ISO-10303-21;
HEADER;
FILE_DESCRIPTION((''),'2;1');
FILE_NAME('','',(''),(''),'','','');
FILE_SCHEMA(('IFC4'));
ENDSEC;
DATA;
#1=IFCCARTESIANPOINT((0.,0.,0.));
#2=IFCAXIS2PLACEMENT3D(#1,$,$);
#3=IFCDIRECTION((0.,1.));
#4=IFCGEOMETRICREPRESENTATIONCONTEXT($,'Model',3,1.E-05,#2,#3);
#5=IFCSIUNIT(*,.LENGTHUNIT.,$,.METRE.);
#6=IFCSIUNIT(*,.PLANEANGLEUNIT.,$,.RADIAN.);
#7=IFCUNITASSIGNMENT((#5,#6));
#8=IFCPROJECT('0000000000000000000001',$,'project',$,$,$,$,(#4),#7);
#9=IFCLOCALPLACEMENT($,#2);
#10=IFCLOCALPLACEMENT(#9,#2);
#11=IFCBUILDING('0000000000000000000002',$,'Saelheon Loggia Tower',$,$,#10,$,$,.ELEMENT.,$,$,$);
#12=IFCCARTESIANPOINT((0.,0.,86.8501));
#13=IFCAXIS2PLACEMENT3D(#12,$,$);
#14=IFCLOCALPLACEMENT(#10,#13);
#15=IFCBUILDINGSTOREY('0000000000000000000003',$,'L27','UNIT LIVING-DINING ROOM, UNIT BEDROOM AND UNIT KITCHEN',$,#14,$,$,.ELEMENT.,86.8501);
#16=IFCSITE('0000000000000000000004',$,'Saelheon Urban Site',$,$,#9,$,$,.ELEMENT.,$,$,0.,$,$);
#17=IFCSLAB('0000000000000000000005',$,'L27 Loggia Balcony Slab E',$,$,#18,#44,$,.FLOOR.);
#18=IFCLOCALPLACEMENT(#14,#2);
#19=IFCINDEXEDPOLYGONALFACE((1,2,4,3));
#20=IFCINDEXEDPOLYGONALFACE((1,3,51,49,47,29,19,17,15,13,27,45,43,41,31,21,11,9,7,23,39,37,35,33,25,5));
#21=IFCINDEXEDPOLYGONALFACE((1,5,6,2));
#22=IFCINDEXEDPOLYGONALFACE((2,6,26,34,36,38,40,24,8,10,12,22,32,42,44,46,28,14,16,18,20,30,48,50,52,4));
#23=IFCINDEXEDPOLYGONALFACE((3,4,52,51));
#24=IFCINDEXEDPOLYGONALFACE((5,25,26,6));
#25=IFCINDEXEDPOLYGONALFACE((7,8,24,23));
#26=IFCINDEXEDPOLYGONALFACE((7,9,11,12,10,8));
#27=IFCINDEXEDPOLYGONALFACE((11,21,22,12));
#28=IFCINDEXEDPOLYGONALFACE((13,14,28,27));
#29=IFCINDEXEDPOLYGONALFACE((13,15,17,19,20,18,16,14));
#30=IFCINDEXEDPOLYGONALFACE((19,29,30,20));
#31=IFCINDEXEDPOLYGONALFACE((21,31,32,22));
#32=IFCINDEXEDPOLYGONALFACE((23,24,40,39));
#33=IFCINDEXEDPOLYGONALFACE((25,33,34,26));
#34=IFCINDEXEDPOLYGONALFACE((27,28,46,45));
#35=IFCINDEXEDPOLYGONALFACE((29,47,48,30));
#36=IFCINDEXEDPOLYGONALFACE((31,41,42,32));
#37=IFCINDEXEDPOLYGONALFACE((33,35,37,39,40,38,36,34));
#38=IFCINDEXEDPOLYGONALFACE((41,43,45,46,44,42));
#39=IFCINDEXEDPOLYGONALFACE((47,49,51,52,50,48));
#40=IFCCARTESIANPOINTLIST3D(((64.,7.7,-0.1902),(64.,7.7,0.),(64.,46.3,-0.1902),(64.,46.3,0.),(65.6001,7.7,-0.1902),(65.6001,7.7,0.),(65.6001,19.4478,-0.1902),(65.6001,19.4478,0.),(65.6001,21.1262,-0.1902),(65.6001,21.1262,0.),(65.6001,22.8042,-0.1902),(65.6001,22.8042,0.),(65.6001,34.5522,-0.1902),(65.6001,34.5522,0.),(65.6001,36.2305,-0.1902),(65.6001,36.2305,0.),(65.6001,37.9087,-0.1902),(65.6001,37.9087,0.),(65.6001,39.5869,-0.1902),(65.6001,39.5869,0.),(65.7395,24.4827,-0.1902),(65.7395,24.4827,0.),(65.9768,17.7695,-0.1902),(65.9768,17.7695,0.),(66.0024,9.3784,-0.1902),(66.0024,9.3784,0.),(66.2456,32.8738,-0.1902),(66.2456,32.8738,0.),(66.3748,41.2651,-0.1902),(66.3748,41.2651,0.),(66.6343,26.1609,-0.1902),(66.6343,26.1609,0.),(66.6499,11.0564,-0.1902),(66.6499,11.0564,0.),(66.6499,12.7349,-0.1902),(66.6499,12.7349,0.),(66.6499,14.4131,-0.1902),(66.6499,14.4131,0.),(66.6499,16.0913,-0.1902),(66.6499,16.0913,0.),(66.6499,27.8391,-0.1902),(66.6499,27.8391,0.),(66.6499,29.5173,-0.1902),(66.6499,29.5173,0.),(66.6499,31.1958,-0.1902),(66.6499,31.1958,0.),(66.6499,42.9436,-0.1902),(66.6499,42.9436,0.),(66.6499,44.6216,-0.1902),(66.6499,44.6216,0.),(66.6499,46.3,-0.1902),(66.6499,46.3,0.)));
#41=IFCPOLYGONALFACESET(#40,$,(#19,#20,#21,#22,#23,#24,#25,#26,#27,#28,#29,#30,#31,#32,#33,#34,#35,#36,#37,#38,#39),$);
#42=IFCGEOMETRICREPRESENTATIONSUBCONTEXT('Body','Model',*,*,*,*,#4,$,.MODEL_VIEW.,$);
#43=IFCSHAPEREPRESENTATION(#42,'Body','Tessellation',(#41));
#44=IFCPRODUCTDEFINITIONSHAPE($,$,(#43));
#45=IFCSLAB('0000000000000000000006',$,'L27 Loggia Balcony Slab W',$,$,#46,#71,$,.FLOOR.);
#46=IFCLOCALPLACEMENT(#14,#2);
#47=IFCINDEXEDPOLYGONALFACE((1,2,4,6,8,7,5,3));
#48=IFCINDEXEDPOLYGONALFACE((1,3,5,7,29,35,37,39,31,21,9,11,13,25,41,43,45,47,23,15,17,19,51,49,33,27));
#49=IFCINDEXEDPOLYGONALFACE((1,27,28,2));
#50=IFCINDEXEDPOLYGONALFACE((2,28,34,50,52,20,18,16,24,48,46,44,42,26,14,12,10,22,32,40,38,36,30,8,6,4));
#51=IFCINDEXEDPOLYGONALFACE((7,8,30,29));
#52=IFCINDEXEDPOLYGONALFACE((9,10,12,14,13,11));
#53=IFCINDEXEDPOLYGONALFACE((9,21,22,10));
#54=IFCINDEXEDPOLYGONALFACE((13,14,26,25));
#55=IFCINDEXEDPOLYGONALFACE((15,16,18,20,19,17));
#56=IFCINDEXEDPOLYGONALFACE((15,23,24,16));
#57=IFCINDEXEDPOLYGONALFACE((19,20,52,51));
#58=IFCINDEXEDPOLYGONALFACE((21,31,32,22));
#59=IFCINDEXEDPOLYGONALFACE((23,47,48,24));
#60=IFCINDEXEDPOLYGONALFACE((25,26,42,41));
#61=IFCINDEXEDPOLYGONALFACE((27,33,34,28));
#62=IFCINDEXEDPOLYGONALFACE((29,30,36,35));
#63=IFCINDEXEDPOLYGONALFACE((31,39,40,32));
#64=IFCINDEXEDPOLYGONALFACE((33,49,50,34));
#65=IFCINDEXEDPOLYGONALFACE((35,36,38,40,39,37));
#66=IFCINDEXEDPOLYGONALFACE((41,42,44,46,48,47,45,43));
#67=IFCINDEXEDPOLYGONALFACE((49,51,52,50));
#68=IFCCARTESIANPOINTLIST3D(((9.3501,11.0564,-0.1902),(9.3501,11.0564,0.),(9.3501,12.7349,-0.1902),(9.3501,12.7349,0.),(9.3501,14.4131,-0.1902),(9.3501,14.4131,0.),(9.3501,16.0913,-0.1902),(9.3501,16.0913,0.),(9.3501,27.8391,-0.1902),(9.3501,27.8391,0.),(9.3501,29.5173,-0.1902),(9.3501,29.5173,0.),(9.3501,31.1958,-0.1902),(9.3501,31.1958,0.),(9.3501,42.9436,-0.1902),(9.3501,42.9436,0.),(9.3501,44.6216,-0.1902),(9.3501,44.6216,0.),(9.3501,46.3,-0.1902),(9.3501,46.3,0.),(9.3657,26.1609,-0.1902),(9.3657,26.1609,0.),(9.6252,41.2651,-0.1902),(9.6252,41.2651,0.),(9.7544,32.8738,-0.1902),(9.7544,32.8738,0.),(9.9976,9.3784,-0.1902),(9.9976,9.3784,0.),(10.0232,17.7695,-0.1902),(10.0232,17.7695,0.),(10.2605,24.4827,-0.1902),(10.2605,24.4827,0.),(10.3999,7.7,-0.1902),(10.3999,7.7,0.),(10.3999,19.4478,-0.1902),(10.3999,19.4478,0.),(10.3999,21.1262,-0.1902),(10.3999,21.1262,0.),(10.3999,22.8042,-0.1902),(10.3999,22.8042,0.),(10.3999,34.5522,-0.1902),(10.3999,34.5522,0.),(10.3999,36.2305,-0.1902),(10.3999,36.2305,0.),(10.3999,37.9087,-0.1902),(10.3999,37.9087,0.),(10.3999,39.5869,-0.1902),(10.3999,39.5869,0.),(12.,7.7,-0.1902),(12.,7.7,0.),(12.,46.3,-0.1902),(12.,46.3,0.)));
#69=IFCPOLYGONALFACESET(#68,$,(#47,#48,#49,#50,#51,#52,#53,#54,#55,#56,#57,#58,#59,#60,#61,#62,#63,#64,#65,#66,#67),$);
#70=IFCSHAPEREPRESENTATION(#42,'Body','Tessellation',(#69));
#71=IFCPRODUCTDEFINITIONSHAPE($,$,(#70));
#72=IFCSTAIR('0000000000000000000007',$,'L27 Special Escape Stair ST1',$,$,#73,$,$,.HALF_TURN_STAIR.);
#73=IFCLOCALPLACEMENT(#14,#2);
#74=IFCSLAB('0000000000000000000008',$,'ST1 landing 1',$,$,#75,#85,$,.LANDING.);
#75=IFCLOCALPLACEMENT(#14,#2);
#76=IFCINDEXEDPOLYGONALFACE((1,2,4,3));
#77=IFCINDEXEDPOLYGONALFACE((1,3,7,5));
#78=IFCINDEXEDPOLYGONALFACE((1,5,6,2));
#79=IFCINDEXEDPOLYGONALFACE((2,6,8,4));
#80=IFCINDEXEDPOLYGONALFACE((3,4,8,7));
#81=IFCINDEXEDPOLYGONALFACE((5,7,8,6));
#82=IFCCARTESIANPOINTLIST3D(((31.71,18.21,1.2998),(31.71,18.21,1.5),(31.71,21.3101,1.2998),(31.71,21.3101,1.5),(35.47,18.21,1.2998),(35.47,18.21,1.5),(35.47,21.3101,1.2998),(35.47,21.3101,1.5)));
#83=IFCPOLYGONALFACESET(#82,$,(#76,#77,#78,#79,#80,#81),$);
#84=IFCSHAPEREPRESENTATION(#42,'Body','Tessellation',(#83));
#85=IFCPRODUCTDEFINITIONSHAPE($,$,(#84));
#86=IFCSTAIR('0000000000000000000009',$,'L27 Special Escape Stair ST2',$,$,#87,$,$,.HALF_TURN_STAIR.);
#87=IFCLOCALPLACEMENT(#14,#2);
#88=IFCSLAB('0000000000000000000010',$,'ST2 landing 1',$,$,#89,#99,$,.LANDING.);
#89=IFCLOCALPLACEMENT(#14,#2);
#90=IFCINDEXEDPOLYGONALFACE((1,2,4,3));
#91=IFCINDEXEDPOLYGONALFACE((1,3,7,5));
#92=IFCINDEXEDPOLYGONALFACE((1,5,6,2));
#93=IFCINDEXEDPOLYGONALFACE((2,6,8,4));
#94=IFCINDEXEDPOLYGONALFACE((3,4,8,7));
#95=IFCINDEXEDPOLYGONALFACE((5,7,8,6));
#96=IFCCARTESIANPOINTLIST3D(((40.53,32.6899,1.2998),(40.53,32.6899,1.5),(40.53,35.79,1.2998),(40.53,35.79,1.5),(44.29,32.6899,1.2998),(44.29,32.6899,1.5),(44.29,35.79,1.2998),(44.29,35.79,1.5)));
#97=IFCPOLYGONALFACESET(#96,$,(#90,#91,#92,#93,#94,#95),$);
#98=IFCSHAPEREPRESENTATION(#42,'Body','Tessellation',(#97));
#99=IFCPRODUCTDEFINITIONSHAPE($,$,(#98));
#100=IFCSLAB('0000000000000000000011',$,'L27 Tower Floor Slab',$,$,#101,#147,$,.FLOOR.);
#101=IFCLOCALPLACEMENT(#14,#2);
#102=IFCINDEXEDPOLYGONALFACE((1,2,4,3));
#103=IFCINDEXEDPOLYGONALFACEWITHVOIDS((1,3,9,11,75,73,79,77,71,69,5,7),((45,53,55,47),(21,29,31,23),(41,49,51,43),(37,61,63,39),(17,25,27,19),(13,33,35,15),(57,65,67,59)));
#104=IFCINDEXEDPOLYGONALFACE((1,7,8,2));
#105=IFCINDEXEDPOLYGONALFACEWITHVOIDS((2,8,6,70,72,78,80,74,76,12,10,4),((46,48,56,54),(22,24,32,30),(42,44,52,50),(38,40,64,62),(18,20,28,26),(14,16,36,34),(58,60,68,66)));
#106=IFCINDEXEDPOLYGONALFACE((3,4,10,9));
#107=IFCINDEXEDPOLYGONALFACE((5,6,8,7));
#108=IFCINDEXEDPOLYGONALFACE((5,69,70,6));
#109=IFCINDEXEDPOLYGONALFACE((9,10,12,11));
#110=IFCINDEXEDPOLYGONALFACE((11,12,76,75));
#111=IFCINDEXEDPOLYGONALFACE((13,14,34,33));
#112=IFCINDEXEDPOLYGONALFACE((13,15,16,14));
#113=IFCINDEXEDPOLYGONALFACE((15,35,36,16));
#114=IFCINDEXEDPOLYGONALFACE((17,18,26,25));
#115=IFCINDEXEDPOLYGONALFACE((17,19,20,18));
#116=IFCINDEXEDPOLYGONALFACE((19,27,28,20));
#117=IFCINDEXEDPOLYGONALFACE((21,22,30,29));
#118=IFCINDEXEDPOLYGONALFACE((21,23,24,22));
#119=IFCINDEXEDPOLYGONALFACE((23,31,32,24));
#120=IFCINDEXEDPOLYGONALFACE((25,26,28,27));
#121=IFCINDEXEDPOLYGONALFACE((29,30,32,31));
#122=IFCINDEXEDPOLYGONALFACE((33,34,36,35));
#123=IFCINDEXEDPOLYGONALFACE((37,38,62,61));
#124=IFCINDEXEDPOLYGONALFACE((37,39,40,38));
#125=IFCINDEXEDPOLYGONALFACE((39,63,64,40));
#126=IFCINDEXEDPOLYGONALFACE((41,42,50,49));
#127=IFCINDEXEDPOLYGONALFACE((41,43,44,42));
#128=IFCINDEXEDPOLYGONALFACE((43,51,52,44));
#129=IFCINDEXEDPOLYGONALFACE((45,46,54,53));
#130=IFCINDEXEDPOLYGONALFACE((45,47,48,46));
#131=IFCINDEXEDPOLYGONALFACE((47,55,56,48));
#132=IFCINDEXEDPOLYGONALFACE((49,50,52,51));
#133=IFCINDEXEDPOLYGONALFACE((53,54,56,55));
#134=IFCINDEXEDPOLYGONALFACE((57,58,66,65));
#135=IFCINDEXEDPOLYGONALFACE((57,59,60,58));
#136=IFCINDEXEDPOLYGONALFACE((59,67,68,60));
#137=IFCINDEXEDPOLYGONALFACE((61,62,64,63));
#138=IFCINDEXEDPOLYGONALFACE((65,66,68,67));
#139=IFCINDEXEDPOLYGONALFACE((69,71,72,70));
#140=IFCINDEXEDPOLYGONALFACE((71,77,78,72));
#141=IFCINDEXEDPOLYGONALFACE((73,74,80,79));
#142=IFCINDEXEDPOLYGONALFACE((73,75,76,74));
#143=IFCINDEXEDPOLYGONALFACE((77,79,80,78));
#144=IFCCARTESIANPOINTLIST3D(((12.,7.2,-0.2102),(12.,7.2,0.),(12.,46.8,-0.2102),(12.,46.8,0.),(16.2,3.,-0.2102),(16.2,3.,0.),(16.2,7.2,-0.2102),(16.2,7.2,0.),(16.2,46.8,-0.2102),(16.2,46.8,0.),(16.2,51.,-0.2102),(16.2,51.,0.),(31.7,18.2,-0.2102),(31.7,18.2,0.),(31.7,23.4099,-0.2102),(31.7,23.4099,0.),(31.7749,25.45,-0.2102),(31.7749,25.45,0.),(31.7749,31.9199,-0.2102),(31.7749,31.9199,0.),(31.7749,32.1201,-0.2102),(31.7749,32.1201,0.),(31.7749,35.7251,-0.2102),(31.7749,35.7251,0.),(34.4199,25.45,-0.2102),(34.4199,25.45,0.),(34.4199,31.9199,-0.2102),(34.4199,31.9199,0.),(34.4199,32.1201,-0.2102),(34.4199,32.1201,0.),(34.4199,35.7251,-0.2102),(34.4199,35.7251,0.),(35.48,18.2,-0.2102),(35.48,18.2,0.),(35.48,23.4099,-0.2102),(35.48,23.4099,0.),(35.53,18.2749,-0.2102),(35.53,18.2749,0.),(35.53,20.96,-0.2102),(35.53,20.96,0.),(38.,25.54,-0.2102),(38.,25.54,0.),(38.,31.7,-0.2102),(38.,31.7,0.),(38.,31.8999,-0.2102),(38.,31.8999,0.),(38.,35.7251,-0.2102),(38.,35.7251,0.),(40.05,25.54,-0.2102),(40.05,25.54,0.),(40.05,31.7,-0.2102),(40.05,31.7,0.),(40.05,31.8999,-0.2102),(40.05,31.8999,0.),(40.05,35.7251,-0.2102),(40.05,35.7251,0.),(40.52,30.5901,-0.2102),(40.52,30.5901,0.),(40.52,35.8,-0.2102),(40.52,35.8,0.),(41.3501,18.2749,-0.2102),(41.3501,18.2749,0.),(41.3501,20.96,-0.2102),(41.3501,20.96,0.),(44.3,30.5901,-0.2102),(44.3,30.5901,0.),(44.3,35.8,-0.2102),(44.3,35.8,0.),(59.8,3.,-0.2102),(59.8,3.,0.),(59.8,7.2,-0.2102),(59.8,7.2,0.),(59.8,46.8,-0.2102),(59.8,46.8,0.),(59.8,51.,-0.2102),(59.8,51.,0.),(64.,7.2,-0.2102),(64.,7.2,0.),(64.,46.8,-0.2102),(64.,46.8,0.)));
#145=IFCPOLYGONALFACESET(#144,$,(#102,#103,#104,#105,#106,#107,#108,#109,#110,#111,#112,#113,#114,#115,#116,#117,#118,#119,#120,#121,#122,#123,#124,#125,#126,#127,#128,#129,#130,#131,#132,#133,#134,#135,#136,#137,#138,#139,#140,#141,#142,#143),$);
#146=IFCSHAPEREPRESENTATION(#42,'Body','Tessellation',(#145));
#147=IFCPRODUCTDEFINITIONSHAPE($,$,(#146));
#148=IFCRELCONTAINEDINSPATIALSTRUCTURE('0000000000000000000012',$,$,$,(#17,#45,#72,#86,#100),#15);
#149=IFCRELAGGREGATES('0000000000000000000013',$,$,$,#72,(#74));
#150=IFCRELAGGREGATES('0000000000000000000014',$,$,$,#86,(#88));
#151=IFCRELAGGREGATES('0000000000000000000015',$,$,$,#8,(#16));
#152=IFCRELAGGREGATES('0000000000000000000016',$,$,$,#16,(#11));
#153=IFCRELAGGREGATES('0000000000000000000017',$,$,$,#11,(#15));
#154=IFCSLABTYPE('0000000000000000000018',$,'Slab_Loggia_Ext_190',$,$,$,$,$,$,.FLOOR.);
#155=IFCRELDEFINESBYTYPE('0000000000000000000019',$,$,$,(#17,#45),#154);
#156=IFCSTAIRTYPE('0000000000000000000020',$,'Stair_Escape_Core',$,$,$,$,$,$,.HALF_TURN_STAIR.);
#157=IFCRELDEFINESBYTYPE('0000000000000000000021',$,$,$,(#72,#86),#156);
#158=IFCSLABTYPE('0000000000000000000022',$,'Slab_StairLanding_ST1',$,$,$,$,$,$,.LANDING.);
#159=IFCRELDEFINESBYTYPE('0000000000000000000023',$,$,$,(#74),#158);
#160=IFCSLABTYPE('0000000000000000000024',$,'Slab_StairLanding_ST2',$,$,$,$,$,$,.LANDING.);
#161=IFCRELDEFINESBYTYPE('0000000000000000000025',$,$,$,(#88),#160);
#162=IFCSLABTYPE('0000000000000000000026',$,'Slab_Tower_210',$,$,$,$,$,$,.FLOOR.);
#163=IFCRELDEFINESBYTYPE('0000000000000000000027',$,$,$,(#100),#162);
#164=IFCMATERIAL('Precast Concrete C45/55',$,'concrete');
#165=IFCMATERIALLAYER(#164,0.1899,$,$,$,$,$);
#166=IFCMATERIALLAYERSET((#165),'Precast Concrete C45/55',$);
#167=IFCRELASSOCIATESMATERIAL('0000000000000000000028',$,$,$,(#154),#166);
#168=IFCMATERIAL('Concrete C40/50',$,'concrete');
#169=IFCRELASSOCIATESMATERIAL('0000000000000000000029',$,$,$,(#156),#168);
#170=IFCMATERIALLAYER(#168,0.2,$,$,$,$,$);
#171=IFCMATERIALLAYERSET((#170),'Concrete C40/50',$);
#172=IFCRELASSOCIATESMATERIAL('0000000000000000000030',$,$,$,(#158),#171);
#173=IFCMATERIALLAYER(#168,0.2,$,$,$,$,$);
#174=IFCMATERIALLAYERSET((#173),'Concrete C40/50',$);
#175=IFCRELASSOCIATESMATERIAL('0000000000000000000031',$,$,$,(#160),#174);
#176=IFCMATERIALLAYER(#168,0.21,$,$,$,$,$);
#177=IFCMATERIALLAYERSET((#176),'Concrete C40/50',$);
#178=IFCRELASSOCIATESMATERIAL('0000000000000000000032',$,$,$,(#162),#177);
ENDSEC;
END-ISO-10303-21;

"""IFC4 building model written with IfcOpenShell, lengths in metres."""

from ifc_helpers import new_model, si_unit, direction, frame, origin, place, context, subcontext, project, spatial, polyline, outline, extrude, material, layer, layer_set, type_object, element, aggregate, save


model = new_model("IFC4")

# Units and contexts
model_context = context("Model", 3, precision=1e-05, world=origin(), true_north=direction((0.0, 1.0)))
body_context = subcontext(model_context, "Body", "Model", "MODEL_VIEW")
ifc_project = project(units=[si_unit("LENGTHUNIT", "METRE"), si_unit("PLANEANGLEUNIT", "RADIAN")], contexts=[model_context])

# Site, building, storey
site_placement = place(None, origin())
site = spatial("IfcSite", under=ifc_project, at=site_placement, Name="Saelheon Urban Site", CompositionType="ELEMENT", RefElevation=0.0)
building_placement = place(site_placement, origin())
building = spatial("IfcBuilding", under=site, at=building_placement, Name="Saelheon Loggia Tower", CompositionType="ELEMENT")
storey_placement = place(building_placement, frame((0.0, 0.0, 86.8501)))
storey = spatial("IfcBuildingStorey", under=building, at=storey_placement, Name="L27", Description="UNIT LIVING-DINING ROOM, UNIT BEDROOM AND UNIT KITCHEN", CompositionType="ELEMENT", Elevation=86.8501)

# Shared definitions
ifc_material_1 = material(Name="Precast Concrete C45/55", Category="concrete")

# Shared definitions
ifc_material_2 = material(Name="Concrete C40/50", Category="concrete")

# Slabs
ifc_layer_1 = layer(ifc_material_1, 0.1899)
ifc_layer_set_1 = layer_set([ifc_layer_1], Name="Precast Concrete C45/55")
slab_type_1 = type_object("IfcSlabType", Name="Slab_Loggia_Ext_190", PredefinedType="FLOOR", material=ifc_layer_set_1)
slab_1_placement = place(storey_placement, frame((0.0, 0.0, -0.1902)))
element("IfcSlab", 1, at=slab_1_placement, inside=storey, type_object=slab_type_1, Name="L27 Loggia Balcony Slab E", PredefinedType="FLOOR", context=body_context, shape_type="SweptSolid", body=[
    extrude(outline(polyline([(64.0, 7.7), (65.6001, 7.7), (66.0024, 9.3784), (66.6499, 11.0564), (66.6499, 12.7349), (66.6499, 14.4131), (66.6499, 16.0913), (65.9768, 17.7695), (65.6001, 19.4478), (65.6001, 21.1262), (65.6001, 22.8042), (65.7395, 24.4827), (66.6343, 26.1609), (66.6499, 27.8391), (66.6499, 29.5173), (66.6499, 31.1958), (66.2456, 32.8738), (65.6001, 34.5522), (65.6001, 36.2305), (65.6001, 37.9087), (65.6001, 39.5869), (66.3748, 41.2651), (66.6499, 42.9436), (66.6499, 44.6216), (66.6499, 46.3), (64.0, 46.3), (64.0, 7.7)])), origin(), (0.0, 0.0, 1.0), 0.1902),
])
slab_2_placement = place(storey_placement, frame((0.0, 0.0, -0.1902)))
element("IfcSlab", 2, at=slab_2_placement, inside=storey, type_object=slab_type_1, Name="L27 Loggia Balcony Slab W", PredefinedType="FLOOR", context=body_context, shape_type="SweptSolid", body=[
    extrude(outline(polyline([(12.0, 7.7), (12.0, 46.3), (9.3501, 46.3), (9.3501, 44.6216), (9.3501, 42.9436), (9.6252, 41.2651), (10.3999, 39.5869), (10.3999, 37.9087), (10.3999, 36.2305), (10.3999, 34.5522), (9.7544, 32.8738), (9.3501, 31.1958), (9.3501, 29.5173), (9.3501, 27.8391), (9.3657, 26.1609), (10.2605, 24.4827), (10.3999, 22.8042), (10.3999, 21.1262), (10.3999, 19.4478), (10.0232, 17.7695), (9.3501, 16.0913), (9.3501, 14.4131), (9.3501, 12.7349), (9.3501, 11.0564), (9.9976, 9.3784), (10.3999, 7.7), (12.0, 7.7)])), origin(), (0.0, 0.0, 1.0), 0.1902),
])

# Stairs, slabs
stair_type = type_object("IfcStairType", Name="Stair_Escape_Core", PredefinedType="HALF_TURN_STAIR", material=ifc_material_2)
stair_1_placement = place(storey_placement, origin())
stair_1 = element("IfcStair", 3, at=stair_1_placement, inside=storey, type_object=stair_type, Name="L27 Special Escape Stair ST1", PredefinedType="HALF_TURN_STAIR")
ifc_layer_2 = layer(ifc_material_2, 0.2)
ifc_layer_set_2 = layer_set([ifc_layer_2], Name="Concrete C40/50")
slab_type_2 = type_object("IfcSlabType", Name="Slab_StairLanding_ST1", PredefinedType="LANDING", material=ifc_layer_set_2)
slab_3_placement = place(storey_placement, frame((0.0, 0.0, 1.2998)))
slab_3 = element("IfcSlab", 4, at=slab_3_placement, type_object=slab_type_2, Name="ST1 landing 1", PredefinedType="LANDING", context=body_context, shape_type="SweptSolid", body=[
    extrude(outline(polyline([(31.71, 21.3101), (31.71, 18.21), (35.47, 18.21), (35.47, 21.3101), (31.71, 21.3101)])), origin(), (0.0, 0.0, 1.0), 0.2002),
])
aggregate(stair_1, [slab_3])
stair_2_placement = place(storey_placement, origin())
stair_2 = element("IfcStair", 5, at=stair_2_placement, inside=storey, type_object=stair_type, Name="L27 Special Escape Stair ST2", PredefinedType="HALF_TURN_STAIR")
ifc_layer_3 = layer(ifc_material_2, 0.2)
ifc_layer_set_3 = layer_set([ifc_layer_3], Name="Concrete C40/50")
slab_type_3 = type_object("IfcSlabType", Name="Slab_StairLanding_ST2", PredefinedType="LANDING", material=ifc_layer_set_3)
slab_4_placement = place(storey_placement, frame((0.0, 0.0, 1.2998)))
slab_4 = element("IfcSlab", 6, at=slab_4_placement, type_object=slab_type_3, Name="ST2 landing 1", PredefinedType="LANDING", context=body_context, shape_type="SweptSolid", body=[
    extrude(outline(polyline([(44.29, 32.6899), (44.29, 35.79), (40.53, 35.79), (40.53, 32.6899), (44.29, 32.6899)])), origin(), (0.0, 0.0, 1.0), 0.2002),
])
aggregate(stair_2, [slab_4])

# Slab
ifc_layer_4 = layer(ifc_material_2, 0.21)
ifc_layer_set_4 = layer_set([ifc_layer_4], Name="Concrete C40/50")
slab_type_4 = type_object("IfcSlabType", Name="Slab_Tower_210", PredefinedType="FLOOR", material=ifc_layer_set_4)
slab_5_placement = place(storey_placement, frame((0.0, 0.0, -0.2102)))
element("IfcSlab", 7, at=slab_5_placement, inside=storey, type_object=slab_type_4, Name="L27 Tower Floor Slab", PredefinedType="FLOOR", context=body_context, shape_type="SweptSolid", body=[
    extrude(outline(polyline([(16.2, 3.0), (59.8, 3.0), (59.8, 7.2), (64.0, 7.2), (64.0, 46.8), (59.8, 46.8), (59.8, 51.0), (16.2, 51.0), (16.2, 46.8), (12.0, 46.8), (12.0, 7.2), (16.2, 7.2), (16.2, 3.0)]), holes=[polyline([(31.7, 23.4099), (31.7, 18.2), (35.48, 18.2), (35.48, 23.4099), (31.7, 23.4099)]), polyline([(44.3, 30.5901), (44.3, 35.8), (40.52, 35.8), (40.52, 30.5901), (44.3, 30.5901)]), polyline([(35.53, 18.2749), (41.3501, 18.2749), (41.3501, 20.96), (35.53, 20.96), (35.53, 18.2749)]), polyline([(31.7749, 32.1201), (34.4199, 32.1201), (34.4199, 35.7251), (31.7749, 35.7251), (31.7749, 32.1201)]), polyline([(38.0, 31.8999), (40.05, 31.8999), (40.05, 35.7251), (38.0, 35.7251), (38.0, 31.8999)]), polyline([(31.7749, 25.45), (34.4199, 25.45), (34.4199, 31.9199), (31.7749, 31.9199), (31.7749, 25.45)]), polyline([(38.0, 25.54), (40.05, 25.54), (40.05, 31.7), (38.0, 31.7), (38.0, 25.54)])]), origin(), (0.0, 0.0, 1.0), 0.2102),
])

save(model, "model.ifc")
